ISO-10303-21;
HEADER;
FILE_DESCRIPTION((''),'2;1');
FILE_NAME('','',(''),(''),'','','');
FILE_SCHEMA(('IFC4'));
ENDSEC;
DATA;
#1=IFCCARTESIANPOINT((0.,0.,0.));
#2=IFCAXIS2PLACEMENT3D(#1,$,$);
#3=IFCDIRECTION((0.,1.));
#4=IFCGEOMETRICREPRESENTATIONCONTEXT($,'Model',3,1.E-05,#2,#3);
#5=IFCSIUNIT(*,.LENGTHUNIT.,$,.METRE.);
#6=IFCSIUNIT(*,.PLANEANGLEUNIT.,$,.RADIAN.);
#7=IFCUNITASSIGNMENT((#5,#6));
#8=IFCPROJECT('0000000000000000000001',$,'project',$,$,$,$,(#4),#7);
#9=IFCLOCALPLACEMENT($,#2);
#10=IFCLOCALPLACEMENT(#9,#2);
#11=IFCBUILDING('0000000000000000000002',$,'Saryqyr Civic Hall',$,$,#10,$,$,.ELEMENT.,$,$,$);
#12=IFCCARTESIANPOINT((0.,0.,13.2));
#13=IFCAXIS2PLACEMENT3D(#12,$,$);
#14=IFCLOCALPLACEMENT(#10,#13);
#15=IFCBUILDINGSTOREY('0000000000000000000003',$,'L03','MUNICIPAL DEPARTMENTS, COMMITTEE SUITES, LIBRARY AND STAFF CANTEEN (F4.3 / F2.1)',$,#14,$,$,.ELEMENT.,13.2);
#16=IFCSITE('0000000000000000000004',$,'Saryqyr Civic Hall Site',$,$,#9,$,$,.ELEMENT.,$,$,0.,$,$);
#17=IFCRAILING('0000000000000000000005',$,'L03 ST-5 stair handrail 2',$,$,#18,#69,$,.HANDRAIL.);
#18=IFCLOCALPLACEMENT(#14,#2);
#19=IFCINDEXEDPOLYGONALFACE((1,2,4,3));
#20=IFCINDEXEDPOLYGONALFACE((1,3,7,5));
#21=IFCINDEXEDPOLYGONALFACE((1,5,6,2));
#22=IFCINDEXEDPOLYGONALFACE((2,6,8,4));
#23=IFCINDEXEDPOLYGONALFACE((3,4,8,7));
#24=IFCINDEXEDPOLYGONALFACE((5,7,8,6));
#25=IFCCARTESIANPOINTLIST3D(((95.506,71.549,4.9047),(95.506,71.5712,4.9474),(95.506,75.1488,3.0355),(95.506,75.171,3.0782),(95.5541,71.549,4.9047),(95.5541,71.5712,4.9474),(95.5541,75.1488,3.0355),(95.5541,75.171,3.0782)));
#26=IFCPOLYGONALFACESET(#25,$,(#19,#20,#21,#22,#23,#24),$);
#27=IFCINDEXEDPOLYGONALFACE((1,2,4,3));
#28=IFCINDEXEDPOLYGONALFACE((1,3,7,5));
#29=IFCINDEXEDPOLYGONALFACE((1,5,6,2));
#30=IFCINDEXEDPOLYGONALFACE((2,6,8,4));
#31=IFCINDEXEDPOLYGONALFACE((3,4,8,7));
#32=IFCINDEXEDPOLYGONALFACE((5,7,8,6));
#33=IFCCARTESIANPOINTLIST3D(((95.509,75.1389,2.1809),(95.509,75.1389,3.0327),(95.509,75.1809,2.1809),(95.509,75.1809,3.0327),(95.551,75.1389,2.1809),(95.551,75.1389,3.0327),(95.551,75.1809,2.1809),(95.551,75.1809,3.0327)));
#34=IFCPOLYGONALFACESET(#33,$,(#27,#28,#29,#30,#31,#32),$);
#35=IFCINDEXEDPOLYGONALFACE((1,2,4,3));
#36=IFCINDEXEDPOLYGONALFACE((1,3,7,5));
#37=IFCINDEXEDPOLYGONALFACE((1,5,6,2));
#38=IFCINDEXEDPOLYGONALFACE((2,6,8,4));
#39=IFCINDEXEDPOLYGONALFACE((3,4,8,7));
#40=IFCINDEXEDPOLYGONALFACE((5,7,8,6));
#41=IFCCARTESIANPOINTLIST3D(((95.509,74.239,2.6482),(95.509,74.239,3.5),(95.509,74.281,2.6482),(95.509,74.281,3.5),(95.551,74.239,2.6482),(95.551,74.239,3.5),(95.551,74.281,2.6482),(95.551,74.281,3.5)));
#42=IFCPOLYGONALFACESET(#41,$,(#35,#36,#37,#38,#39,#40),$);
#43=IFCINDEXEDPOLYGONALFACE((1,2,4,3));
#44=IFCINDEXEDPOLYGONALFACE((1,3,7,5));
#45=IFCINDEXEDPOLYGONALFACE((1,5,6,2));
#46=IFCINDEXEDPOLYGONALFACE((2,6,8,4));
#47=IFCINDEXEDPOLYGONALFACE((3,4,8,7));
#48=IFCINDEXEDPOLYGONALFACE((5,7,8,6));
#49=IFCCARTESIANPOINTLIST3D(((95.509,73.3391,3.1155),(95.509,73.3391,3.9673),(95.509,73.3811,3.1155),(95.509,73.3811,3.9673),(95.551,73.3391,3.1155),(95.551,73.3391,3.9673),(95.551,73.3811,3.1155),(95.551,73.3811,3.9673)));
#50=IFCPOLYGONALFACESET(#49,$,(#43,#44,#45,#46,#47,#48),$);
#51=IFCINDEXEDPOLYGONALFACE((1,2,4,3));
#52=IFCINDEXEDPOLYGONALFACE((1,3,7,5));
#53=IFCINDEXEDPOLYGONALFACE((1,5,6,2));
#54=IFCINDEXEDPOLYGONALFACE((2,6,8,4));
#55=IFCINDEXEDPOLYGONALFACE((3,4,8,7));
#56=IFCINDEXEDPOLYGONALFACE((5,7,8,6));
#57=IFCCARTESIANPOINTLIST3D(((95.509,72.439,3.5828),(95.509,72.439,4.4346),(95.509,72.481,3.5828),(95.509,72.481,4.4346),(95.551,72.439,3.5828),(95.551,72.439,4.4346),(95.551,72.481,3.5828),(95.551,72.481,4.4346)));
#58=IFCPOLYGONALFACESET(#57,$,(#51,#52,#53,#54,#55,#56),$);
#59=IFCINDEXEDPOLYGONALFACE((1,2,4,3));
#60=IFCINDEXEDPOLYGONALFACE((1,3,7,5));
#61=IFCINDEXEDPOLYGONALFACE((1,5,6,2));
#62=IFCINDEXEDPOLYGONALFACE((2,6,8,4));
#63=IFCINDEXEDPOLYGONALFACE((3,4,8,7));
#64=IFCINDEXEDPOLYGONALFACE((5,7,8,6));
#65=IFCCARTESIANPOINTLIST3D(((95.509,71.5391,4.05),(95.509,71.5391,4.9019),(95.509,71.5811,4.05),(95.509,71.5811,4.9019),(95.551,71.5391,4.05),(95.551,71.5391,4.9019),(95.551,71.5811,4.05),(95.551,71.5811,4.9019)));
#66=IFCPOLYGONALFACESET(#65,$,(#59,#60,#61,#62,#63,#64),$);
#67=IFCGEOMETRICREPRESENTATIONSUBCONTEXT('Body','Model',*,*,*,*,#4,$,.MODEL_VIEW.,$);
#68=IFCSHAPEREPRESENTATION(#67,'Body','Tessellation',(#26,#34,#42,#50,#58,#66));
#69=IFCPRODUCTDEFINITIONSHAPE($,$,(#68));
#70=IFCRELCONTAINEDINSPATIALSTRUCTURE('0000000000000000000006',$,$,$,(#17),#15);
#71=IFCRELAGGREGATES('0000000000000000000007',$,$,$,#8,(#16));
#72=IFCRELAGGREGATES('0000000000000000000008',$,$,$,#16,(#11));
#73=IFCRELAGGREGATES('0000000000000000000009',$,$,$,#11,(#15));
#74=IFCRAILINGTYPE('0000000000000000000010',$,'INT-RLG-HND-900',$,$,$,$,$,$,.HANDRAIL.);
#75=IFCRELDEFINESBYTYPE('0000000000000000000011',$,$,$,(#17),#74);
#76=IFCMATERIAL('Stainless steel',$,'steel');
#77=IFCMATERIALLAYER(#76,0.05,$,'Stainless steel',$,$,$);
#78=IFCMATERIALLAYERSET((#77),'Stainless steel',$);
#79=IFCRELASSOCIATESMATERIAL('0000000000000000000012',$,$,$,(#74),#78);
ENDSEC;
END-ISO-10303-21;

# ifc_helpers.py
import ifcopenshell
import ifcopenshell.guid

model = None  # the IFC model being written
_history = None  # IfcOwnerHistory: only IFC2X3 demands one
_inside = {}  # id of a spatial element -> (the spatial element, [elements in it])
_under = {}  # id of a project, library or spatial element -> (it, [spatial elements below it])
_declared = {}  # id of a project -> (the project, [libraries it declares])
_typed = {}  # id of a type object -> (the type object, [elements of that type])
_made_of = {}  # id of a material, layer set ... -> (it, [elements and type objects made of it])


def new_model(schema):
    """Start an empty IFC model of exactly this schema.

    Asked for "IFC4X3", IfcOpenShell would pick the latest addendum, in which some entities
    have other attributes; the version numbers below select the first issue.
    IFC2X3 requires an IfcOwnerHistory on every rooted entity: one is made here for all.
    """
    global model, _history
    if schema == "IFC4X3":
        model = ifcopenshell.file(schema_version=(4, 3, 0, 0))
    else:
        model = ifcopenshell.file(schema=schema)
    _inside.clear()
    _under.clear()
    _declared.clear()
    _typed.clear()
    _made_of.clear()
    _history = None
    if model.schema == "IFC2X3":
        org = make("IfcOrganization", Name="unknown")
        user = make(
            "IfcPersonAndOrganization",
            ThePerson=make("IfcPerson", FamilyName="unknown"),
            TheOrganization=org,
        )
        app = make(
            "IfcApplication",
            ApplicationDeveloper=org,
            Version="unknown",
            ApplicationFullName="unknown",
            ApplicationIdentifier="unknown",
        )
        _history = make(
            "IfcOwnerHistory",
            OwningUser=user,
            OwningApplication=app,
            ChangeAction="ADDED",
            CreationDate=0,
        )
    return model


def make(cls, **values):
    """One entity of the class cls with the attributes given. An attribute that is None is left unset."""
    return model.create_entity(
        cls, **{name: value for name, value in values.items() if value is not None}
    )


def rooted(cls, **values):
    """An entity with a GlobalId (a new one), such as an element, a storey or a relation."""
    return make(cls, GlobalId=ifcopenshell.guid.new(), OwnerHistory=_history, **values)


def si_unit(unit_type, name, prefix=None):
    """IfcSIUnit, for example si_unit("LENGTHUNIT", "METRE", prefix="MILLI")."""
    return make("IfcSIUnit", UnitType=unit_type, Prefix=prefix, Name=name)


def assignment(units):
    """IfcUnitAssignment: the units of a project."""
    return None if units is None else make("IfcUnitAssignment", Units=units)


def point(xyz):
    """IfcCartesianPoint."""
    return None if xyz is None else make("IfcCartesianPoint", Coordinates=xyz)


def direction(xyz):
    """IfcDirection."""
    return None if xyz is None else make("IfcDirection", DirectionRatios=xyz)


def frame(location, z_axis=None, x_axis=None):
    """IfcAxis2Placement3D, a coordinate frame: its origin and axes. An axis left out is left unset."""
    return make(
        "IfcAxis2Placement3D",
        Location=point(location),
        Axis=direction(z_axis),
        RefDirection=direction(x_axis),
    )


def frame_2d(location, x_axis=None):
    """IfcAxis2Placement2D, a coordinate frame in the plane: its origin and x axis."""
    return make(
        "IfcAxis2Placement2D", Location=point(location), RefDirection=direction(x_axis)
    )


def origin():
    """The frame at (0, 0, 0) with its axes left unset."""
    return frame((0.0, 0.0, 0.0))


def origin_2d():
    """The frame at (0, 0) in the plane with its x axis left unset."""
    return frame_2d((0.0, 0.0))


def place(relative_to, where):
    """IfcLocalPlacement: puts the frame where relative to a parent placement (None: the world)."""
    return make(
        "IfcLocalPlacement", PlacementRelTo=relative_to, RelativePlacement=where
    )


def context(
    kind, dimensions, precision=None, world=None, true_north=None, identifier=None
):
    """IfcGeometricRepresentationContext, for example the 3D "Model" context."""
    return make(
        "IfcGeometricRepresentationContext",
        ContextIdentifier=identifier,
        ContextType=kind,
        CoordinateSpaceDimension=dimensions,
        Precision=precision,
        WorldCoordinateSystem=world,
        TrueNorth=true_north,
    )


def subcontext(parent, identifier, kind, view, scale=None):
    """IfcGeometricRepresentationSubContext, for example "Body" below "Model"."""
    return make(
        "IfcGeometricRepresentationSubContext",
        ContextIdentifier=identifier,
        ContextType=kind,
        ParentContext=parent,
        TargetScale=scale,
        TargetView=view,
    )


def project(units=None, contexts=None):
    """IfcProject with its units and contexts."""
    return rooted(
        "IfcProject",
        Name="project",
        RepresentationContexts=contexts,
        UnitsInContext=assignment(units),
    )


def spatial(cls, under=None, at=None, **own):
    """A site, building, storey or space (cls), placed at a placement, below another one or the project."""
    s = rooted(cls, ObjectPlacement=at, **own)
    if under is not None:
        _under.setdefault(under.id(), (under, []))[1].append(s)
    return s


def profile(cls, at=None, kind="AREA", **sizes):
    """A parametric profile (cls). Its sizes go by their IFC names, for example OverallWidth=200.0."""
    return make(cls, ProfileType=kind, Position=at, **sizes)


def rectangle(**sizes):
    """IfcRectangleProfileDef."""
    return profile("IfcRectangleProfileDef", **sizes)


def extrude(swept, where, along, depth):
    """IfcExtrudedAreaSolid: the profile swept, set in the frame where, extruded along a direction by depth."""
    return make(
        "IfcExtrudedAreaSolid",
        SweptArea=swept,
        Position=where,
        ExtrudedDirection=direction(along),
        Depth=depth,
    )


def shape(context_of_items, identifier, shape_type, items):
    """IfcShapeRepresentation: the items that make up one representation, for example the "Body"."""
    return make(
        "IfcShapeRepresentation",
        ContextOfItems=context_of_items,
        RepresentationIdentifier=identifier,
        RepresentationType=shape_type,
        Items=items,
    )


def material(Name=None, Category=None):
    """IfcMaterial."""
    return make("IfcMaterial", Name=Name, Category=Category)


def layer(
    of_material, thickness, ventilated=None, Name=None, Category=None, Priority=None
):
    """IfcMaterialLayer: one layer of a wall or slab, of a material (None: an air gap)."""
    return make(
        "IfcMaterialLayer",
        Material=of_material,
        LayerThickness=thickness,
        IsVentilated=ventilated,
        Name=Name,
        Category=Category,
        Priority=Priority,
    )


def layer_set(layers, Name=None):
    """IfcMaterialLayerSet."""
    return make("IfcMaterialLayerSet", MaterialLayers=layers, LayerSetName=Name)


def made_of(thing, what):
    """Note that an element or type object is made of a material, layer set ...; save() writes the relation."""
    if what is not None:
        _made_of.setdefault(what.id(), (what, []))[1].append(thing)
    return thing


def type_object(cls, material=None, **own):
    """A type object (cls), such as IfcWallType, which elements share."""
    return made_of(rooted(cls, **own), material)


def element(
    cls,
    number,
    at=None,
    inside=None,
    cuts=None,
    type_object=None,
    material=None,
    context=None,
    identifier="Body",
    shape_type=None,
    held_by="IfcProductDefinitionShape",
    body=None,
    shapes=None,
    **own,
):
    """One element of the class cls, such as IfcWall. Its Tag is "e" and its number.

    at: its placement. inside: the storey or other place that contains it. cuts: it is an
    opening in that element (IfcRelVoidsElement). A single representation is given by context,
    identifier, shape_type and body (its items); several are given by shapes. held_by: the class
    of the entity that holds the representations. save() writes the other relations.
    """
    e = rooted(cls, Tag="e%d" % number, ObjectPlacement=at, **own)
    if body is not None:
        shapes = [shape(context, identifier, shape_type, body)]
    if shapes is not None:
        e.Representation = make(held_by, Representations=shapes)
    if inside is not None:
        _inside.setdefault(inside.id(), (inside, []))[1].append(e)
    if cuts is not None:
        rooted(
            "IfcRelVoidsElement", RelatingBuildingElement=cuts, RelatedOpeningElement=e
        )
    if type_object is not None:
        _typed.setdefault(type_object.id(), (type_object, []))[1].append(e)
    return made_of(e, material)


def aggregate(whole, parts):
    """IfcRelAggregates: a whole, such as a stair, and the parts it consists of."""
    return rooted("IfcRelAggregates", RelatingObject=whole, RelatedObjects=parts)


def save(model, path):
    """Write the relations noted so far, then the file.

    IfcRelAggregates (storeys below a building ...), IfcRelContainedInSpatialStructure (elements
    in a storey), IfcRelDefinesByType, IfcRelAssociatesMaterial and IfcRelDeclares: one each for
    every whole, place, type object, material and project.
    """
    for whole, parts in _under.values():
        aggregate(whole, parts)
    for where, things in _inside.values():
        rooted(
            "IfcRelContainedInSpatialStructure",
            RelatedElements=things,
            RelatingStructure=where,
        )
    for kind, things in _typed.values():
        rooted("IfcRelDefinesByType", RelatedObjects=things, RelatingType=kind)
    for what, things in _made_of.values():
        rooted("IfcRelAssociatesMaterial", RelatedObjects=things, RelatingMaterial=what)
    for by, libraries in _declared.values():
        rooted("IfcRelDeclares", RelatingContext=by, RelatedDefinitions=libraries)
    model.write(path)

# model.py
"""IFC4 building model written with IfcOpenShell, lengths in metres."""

from ifc_helpers import new_model, si_unit, direction, frame, origin, origin_2d, place, context, subcontext, project, spatial, rectangle, extrude, material, layer, layer_set, type_object, element, save


model = new_model("IFC4")

# Units and contexts
model_context = context("Model", 3, precision=1e-05, world=origin(), true_north=direction((0.0, 1.0)))
body_context = subcontext(model_context, "Body", "Model", "MODEL_VIEW")
ifc_project = project(units=[si_unit("LENGTHUNIT", "METRE"), si_unit("PLANEANGLEUNIT", "RADIAN")], contexts=[model_context])

# Site, building, storey
site_placement = place(None, origin())
site = spatial("IfcSite", under=ifc_project, at=site_placement, Name="Saryqyr Civic Hall Site", CompositionType="ELEMENT", RefElevation=0.0)
building_placement = place(site_placement, origin())
building = spatial("IfcBuilding", under=site, at=building_placement, Name="Saryqyr Civic Hall", CompositionType="ELEMENT")
storey_placement = place(building_placement, frame((0.0, 0.0, 13.2)))
storey = spatial("IfcBuildingStorey", under=building, at=storey_placement, Name="L03", Description="MUNICIPAL DEPARTMENTS, COMMITTEE SUITES, LIBRARY AND STAFF CANTEEN (F4.3 / F2.1)", CompositionType="ELEMENT", Elevation=13.2)

# Railing
ifc_material_1 = material(Name="Stainless steel", Category="steel")
ifc_layer_1 = layer(ifc_material_1, 0.05, Name="Stainless steel")
ifc_layer_set_1 = layer_set([ifc_layer_1], Name="Stainless steel")
railing_type_1 = type_object("IfcRailingType", Name="INT-RLG-HND-900", PredefinedType="HANDRAIL", material=ifc_layer_set_1)
railing_1_placement = place(storey_placement, frame((95.53, 75.1599, 2.1809)))
element("IfcRailing", 1, at=railing_1_placement, inside=storey, type_object=railing_type_1, Name="L03 ST-5 stair handrail 2", PredefinedType="HANDRAIL", context=body_context, shape_type="SweptSolid", body=[
    extrude(rectangle(XDim=0.0481, YDim=0.0481, at=origin_2d()), frame((0.0, 0.0, 0.876), z_axis=(0.0, -0.887497, 0.460813), x_axis=(1.0, 0.0, 0.0)), (0.0, 0.0, 1.0), 4.0562),
    extrude(rectangle(XDim=0.042, YDim=0.042, at=origin_2d()), origin(), (0.0, 0.0, 1.0), 0.8518),
    extrude(rectangle(XDim=0.042, YDim=0.042, at=origin_2d()), frame((0.0, -0.8999, 0.4673)), (0.0, 0.0, 1.0), 0.8518),
    extrude(rectangle(XDim=0.042, YDim=0.042, at=origin_2d()), frame((0.0, -1.7998, 0.9346)), (0.0, 0.0, 1.0), 0.8518),
    extrude(rectangle(XDim=0.042, YDim=0.042, at=origin_2d()), frame((0.0, -2.7, 1.4019)), (0.0, 0.0, 1.0), 0.8518),
    extrude(rectangle(XDim=0.042, YDim=0.042, at=origin_2d()), frame((0.0, -3.5999, 1.8691)), (0.0, 0.0, 1.0), 0.8518),
])

save(model, "model.ifc")
